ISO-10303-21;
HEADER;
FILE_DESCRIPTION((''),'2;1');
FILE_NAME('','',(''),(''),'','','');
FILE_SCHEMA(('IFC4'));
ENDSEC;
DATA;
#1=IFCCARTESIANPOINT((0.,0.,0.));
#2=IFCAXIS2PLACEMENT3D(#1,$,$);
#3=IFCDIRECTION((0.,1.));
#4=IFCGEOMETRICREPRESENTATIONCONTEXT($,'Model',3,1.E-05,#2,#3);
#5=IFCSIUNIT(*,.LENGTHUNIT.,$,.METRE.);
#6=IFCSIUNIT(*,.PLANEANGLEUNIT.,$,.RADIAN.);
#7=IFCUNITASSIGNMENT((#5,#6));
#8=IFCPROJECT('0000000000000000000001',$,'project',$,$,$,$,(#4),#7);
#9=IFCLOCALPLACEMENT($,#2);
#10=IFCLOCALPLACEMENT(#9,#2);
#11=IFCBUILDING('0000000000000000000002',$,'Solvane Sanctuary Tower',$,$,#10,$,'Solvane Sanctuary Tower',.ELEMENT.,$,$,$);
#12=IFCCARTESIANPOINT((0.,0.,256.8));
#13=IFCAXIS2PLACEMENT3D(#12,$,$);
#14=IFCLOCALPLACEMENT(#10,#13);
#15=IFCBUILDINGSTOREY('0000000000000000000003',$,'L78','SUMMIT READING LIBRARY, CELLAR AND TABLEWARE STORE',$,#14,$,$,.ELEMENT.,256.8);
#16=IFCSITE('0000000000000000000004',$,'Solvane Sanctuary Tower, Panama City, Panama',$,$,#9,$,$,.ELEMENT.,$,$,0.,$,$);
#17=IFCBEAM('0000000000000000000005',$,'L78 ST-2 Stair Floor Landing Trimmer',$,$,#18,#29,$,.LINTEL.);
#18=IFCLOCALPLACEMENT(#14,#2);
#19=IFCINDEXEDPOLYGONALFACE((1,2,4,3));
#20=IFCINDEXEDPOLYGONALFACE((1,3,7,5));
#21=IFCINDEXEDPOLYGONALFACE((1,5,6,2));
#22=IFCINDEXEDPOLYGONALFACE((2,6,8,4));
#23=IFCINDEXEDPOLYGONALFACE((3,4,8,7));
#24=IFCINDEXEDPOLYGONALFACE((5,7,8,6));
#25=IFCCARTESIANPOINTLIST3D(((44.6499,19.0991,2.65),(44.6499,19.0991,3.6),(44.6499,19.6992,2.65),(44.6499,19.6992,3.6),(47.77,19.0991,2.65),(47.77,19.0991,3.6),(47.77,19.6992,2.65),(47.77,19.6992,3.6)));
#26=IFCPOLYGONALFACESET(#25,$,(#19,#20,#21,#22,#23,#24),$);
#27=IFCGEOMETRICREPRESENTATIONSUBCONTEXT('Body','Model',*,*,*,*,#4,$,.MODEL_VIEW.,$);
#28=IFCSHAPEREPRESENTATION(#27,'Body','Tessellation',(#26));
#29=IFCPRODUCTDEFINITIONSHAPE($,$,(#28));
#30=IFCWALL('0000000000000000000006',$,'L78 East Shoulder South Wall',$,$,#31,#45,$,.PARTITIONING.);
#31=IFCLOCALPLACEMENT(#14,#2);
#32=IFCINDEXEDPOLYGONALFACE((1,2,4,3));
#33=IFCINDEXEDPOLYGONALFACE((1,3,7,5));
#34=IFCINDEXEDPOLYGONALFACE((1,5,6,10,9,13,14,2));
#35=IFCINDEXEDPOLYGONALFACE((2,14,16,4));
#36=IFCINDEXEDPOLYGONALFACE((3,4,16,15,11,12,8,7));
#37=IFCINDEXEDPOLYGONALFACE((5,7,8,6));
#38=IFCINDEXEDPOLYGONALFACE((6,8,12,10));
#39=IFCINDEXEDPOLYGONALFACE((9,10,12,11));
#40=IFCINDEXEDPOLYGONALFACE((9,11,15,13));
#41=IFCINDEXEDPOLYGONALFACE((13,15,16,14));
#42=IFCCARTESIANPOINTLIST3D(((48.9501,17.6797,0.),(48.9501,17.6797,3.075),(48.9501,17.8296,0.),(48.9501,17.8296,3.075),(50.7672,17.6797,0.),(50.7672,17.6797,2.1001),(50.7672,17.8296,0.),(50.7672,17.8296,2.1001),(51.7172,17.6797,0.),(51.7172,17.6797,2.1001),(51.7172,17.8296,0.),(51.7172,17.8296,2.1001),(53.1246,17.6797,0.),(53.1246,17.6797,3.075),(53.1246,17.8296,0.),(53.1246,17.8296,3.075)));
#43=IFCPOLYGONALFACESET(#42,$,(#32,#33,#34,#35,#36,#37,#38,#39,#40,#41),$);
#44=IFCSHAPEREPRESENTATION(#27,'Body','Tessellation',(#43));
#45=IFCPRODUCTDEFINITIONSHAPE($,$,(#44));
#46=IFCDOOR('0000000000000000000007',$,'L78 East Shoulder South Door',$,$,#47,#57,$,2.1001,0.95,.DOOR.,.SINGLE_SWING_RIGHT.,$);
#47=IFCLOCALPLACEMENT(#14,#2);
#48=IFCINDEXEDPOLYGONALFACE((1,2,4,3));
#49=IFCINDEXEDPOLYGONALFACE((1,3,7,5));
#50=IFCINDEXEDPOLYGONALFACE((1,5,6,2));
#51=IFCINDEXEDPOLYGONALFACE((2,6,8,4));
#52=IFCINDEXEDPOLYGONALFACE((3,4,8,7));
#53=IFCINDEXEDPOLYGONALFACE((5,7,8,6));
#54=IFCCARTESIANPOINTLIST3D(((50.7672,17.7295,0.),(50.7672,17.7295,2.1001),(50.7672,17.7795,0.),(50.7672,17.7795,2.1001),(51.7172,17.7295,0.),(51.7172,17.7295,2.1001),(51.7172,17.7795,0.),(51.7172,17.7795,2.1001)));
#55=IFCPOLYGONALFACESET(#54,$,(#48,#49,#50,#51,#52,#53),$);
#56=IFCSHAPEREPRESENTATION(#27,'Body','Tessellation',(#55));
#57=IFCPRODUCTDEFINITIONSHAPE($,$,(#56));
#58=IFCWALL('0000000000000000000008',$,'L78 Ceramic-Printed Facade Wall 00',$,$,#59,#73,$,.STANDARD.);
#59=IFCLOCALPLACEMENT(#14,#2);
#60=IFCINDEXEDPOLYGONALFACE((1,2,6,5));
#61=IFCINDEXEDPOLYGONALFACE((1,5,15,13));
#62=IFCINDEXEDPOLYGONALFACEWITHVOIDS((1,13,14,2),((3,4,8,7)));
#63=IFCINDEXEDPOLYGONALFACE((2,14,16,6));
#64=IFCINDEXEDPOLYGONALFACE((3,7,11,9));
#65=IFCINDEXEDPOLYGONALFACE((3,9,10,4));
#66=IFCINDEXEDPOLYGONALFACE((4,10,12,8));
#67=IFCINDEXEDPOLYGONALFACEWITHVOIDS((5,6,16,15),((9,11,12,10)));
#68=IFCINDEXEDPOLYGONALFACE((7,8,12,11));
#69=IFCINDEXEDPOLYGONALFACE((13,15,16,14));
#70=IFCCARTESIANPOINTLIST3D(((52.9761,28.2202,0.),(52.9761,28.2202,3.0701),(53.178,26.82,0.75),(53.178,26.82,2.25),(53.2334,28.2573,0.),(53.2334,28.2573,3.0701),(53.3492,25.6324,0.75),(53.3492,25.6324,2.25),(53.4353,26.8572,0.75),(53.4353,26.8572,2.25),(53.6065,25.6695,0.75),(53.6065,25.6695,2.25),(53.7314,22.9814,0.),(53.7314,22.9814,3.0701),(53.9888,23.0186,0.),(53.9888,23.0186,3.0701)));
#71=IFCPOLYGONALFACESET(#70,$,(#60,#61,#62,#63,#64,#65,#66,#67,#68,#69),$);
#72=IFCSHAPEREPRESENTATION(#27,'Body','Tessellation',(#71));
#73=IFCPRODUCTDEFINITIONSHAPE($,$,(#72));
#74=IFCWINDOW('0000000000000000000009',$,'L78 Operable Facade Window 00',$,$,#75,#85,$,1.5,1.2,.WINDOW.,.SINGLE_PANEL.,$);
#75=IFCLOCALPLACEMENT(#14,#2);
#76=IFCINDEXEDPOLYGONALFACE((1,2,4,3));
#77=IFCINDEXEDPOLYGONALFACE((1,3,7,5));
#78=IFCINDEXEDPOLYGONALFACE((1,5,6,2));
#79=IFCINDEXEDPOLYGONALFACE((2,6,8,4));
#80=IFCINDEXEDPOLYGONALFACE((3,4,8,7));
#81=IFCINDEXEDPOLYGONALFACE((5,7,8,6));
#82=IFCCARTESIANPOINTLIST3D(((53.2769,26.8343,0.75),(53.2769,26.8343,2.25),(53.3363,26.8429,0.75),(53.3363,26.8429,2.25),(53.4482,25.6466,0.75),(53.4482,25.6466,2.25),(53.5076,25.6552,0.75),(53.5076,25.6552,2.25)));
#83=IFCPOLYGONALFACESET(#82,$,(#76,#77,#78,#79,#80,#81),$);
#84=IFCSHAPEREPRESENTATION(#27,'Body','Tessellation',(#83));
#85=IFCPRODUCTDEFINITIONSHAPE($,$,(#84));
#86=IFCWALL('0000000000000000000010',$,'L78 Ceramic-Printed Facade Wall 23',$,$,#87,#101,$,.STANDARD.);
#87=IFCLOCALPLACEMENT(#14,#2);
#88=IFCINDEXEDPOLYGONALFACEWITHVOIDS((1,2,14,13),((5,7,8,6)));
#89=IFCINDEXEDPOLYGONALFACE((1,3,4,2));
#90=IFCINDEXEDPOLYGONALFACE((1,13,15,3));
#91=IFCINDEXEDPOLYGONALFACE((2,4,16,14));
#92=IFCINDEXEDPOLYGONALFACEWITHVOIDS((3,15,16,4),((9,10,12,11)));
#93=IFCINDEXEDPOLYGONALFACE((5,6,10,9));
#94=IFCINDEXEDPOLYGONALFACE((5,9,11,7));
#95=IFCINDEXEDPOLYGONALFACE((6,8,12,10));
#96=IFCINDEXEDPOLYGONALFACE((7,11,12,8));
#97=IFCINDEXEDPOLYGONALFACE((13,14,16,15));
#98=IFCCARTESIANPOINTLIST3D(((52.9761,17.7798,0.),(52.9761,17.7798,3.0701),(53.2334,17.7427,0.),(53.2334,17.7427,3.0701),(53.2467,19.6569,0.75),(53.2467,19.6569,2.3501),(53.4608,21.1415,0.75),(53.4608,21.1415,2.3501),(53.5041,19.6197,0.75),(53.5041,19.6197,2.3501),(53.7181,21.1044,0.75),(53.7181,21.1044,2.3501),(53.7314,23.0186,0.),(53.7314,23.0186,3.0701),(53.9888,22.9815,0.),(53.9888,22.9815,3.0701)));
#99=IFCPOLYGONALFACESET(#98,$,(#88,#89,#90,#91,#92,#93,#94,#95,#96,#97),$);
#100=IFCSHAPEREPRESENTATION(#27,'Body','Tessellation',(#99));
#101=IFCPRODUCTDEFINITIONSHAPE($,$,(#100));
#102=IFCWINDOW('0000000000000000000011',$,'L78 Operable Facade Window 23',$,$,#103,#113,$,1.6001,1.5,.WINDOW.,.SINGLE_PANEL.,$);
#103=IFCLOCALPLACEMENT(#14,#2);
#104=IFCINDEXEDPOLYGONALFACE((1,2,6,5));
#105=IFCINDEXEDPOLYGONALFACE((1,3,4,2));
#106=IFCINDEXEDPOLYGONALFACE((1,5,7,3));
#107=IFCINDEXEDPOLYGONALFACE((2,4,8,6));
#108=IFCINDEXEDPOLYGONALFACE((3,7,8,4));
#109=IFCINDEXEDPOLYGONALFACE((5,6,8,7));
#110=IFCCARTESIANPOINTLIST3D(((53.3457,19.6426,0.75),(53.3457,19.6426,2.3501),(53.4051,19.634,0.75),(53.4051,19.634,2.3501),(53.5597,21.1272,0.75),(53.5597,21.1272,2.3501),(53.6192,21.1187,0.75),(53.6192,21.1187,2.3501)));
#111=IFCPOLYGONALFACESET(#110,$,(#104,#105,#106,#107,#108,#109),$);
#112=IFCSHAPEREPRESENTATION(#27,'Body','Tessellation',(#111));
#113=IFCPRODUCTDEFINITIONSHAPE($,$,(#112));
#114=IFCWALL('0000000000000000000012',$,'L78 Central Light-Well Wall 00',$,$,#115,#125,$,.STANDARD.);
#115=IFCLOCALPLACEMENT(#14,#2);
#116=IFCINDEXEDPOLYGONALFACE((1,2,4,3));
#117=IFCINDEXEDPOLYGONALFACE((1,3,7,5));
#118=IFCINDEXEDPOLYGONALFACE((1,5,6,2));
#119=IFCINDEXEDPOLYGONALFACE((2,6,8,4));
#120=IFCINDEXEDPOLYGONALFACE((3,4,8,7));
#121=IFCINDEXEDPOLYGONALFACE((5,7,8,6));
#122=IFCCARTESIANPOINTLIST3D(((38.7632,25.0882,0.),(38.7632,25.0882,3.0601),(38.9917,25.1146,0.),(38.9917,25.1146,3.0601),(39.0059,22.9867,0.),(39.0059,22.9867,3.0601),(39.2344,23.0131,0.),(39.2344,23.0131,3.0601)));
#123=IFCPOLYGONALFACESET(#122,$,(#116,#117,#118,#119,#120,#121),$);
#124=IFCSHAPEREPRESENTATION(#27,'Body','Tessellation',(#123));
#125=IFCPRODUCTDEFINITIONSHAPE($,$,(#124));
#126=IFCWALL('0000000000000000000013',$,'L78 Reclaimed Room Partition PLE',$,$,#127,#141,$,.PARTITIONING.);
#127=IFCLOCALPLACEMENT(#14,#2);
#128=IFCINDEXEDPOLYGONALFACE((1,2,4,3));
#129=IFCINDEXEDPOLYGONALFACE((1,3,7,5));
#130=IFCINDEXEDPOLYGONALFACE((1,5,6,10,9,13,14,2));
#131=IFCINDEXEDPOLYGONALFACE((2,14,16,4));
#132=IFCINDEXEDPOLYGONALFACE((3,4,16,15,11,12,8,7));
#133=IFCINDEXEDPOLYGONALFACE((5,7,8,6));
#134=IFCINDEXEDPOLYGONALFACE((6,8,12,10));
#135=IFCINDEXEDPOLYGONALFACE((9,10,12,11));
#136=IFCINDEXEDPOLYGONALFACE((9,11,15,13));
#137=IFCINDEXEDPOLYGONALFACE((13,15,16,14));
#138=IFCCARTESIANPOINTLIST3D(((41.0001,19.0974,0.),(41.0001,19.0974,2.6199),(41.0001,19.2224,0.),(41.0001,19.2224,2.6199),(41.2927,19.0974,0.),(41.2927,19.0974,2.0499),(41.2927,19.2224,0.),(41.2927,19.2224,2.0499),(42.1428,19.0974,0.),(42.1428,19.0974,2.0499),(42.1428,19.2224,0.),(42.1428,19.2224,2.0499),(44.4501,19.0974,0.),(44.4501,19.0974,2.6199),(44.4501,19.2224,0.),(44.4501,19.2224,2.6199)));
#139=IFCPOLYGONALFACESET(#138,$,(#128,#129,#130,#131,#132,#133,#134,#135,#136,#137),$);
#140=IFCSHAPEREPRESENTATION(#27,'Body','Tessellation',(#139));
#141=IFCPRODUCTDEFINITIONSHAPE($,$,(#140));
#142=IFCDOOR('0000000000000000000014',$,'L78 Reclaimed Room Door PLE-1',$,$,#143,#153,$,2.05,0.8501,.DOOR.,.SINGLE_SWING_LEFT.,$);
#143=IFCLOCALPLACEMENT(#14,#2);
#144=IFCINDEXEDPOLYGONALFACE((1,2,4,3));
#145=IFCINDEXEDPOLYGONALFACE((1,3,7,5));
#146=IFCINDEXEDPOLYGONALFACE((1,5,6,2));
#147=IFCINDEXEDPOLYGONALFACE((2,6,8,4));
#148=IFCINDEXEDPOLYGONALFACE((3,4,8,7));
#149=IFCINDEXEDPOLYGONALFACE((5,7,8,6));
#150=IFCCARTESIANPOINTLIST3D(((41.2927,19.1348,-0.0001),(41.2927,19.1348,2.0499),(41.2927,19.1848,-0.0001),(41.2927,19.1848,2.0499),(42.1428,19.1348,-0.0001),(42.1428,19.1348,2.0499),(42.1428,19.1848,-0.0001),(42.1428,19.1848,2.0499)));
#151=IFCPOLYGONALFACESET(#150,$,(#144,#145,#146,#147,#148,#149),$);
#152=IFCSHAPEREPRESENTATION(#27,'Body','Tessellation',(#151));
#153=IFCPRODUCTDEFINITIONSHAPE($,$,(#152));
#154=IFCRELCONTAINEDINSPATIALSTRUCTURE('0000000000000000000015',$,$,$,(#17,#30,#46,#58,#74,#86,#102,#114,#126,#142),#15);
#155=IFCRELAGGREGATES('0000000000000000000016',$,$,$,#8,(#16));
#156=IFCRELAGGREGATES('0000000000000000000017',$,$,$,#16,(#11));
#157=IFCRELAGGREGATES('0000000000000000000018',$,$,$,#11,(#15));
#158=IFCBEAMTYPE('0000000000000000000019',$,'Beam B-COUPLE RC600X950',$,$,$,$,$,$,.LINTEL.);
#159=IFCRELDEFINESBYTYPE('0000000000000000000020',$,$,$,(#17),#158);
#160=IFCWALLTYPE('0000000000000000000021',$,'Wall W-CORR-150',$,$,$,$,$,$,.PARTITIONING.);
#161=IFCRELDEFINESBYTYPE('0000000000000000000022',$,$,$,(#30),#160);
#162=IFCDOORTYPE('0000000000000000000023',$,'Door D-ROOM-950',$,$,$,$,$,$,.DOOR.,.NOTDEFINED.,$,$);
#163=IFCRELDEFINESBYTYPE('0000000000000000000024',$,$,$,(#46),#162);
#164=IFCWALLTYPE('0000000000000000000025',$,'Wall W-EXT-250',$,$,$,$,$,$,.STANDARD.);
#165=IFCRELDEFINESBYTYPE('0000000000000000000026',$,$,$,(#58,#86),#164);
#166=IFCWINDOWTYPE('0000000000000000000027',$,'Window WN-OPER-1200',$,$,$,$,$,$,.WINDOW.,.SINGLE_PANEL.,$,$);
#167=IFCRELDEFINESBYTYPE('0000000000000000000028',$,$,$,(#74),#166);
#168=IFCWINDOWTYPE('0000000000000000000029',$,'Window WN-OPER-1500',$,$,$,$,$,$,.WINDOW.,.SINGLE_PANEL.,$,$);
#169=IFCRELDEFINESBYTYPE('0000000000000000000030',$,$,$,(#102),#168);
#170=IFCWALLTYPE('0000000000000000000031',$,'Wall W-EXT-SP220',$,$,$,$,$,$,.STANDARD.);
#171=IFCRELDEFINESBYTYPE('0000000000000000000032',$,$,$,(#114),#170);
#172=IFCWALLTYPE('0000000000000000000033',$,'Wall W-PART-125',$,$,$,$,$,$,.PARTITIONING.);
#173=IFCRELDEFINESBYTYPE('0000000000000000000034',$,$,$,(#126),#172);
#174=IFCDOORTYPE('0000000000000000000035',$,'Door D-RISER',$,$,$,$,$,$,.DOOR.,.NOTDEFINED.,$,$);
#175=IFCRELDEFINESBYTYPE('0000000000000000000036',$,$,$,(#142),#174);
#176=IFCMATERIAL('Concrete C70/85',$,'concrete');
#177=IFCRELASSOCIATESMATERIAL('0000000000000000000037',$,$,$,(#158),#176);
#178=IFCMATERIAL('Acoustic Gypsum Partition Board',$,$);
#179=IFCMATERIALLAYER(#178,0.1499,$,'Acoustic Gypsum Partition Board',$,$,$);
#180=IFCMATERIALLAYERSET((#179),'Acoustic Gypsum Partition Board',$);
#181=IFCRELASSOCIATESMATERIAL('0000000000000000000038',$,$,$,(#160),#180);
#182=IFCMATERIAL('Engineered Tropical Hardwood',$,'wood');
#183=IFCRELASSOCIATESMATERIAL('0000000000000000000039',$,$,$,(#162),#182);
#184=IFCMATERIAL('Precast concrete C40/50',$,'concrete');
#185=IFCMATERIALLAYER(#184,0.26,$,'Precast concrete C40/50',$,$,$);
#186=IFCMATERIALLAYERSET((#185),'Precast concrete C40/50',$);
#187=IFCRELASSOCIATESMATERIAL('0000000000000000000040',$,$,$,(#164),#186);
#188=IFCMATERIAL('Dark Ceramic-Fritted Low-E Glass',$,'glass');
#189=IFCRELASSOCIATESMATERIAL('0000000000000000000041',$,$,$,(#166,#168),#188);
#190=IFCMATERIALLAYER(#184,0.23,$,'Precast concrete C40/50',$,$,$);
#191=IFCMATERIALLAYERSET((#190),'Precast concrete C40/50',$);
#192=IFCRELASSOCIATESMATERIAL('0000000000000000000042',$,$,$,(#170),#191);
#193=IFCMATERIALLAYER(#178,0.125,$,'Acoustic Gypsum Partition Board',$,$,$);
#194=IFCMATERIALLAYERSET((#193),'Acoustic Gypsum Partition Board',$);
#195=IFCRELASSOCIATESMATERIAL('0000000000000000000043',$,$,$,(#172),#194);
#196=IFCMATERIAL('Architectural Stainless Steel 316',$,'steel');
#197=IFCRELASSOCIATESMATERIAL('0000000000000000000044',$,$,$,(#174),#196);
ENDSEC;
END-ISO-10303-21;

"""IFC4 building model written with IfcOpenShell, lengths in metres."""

from ifc_helpers import new_model, si_unit, direction, frame, frame_2d, origin, origin_2d, place, context, subcontext, project, spatial, rectangle, extrude, material, layer, layer_set, material_profile, profile_set, type_object, element, fill, save


model = new_model("IFC4")

# Units and contexts
model_context = context("Model", 3, precision=1e-05, world=origin(), true_north=direction((0.0, 1.0)))
body_context = subcontext(model_context, "Body", "Model", "MODEL_VIEW")
ifc_project = project(units=[si_unit("LENGTHUNIT", "METRE"), si_unit("PLANEANGLEUNIT", "RADIAN")], contexts=[model_context])

# Site, building, storey
site_placement = place(None, origin())
site = spatial("IfcSite", under=ifc_project, at=site_placement, Name="Solvane Sanctuary Tower, Panama City, Panama", CompositionType="ELEMENT", RefElevation=0.0)
building_placement = place(site_placement, origin())
building = spatial("IfcBuilding", under=site, at=building_placement, Name="Solvane Sanctuary Tower", LongName="Solvane Sanctuary Tower", CompositionType="ELEMENT")
storey_placement = place(building_placement, frame((0.0, 0.0, 256.8)))
storey = spatial("IfcBuildingStorey", under=building, at=storey_placement, Name="L78", Description="SUMMIT READING LIBRARY, CELLAR AND TABLEWARE STORE", CompositionType="ELEMENT", Elevation=256.8)

# Beam
ifc_material_1 = material(Name="Concrete C70/85", Category="concrete")
ifc_material_profile = material_profile(ifc_material_1, rectangle(XDim=0.6001, YDim=0.95, at=origin_2d()), Name="RC600X950")
ifc_profile_set = profile_set([ifc_material_profile], Name="Concrete C70/85")
beam_type = type_object("IfcBeamType", Name="Beam B-COUPLE RC600X950", PredefinedType="LINTEL", material=ifc_profile_set)
beam_placement = place(storey_placement, frame((44.6499, 19.3992, 3.125), z_axis=(1.0, 0.0, 0.0), x_axis=(0.0, 1.0, 0.0)))
element("IfcBeam", 1, at=beam_placement, inside=storey, type_object=beam_type, Name="L78 ST-2 Stair Floor Landing Trimmer", PredefinedType="LINTEL", context=body_context, shape_type="SweptSolid", body=[
    extrude(rectangle(XDim=0.6001, YDim=0.95, at=origin_2d()), origin(), (0.0, 0.0, 1.0), 3.1201),
])

# Wall, opening, door
ifc_material_2 = material(Name="Acoustic Gypsum Partition Board")
ifc_layer_1 = layer(ifc_material_2, 0.1499, Name="Acoustic Gypsum Partition Board")
ifc_layer_set_1 = layer_set([ifc_layer_1], Name="Acoustic Gypsum Partition Board")
wall_type_1 = type_object("IfcWallType", Name="Wall W-CORR-150", PredefinedType="PARTITIONING", material=ifc_layer_set_1)
wall_1_placement = place(storey_placement, frame((48.95, 17.7546, 0.0), z_axis=(0.0, 0.0, 1.0), x_axis=(1.0, 0.0, 0.0)))
wall_1 = element("IfcWall", 2, at=wall_1_placement, inside=storey, type_object=wall_type_1, Name="L78 East Shoulder South Wall", PredefinedType="PARTITIONING", context=body_context, shape_type="SweptSolid", body=[
    extrude(rectangle(XDim=4.1746, YDim=0.1499, at=frame_2d((2.0874, 0.0))), origin(), (0.0, 0.0, 1.0), 3.075),
])
opening_1_placement = place(wall_1_placement, frame((1.8171, 0.0, 0.0)))
opening_1 = element("IfcOpeningElement", 3, at=opening_1_placement, cuts=wall_1, PredefinedType="OPENING", context=body_context, shape_type="SweptSolid", body=[
    extrude(rectangle(XDim=0.95, YDim=2.1001, at=frame_2d((0.4751, 1.05))), frame((0.0, 0.085, 0.0), z_axis=(0.0, -1.0, 0.0), x_axis=(1.0, 0.0, 0.0)), (0.0, 0.0, 1.0), 0.1699),
])
ifc_material_3 = material(Name="Engineered Tropical Hardwood", Category="wood")
door_type_1 = type_object("IfcDoorType", Name="Door D-ROOM-950", OperationType="NOTDEFINED", PredefinedType="DOOR", material=ifc_material_3)
door_1_placement = place(opening_1_placement, origin())
door_1 = element("IfcDoor", 4, at=door_1_placement, inside=storey, type_object=door_type_1, Name="L78 East Shoulder South Door", OperationType="SINGLE_SWING_RIGHT", OverallHeight=2.1001, OverallWidth=0.95, PredefinedType="DOOR", context=body_context, shape_type="SweptSolid", body=[
    extrude(rectangle(XDim=0.95, YDim=2.1001, at=frame_2d((0.4751, 1.05))), frame((0.0, 0.0249, 0.0), z_axis=(0.0, -1.0, 0.0), x_axis=(1.0, 0.0, 0.0)), (0.0, 0.0, 1.0), 0.05),
])
fill(opening_1, door_1)

# Walls, openings, windows
ifc_material_4 = material(Name="Precast concrete C40/50", Category="concrete")
ifc_layer_2 = layer(ifc_material_4, 0.26, Name="Precast concrete C40/50")
ifc_layer_set_2 = layer_set([ifc_layer_2], Name="Precast concrete C40/50")
wall_type_2 = type_object("IfcWallType", Name="Wall W-EXT-250", PredefinedType="STANDARD", material=ifc_layer_set_2)
wall_2_placement = place(storey_placement, frame((53.8601, 23.0, 0.0), z_axis=(0.0, 0.0, 1.0), x_axis=(-0.142713, 0.989764, 0.0)))
wall_2 = element("IfcWall", 5, at=wall_2_placement, inside=storey, type_object=wall_type_2, Name="L78 Ceramic-Printed Facade Wall 00", PredefinedType="STANDARD", context=body_context, shape_type="SweptSolid", body=[
    extrude(rectangle(XDim=5.293, YDim=0.26, at=frame_2d((2.6465, 0.0))), origin(), (0.0, 0.0, 1.0), 3.0701),
])
opening_2_placement = place(wall_2_placement, frame((2.6782, 0.0, 0.75)))
opening_2 = element("IfcOpeningElement", 6, at=opening_2_placement, cuts=wall_2, PredefinedType="OPENING", context=body_context, shape_type="SweptSolid", body=[
    extrude(rectangle(XDim=1.2, YDim=1.5, at=frame_2d((0.6001, 0.75))), frame((0.0, 0.1399, 0.0), z_axis=(0.0, -1.0, 0.0), x_axis=(1.0, 0.0, 0.0)), (0.0, 0.0, 1.0), 0.28),
])
ifc_material_5 = material(Name="Dark Ceramic-Fritted Low-E Glass", Category="glass")
window_type_1 = type_object("IfcWindowType", Name="Window WN-OPER-1200", PartitioningType="SINGLE_PANEL", PredefinedType="WINDOW", material=ifc_material_5)
window_1_placement = place(opening_2_placement, origin())
window_1 = element("IfcWindow", 7, at=window_1_placement, inside=storey, type_object=window_type_1, Name="L78 Operable Facade Window 00", OverallHeight=1.5, OverallWidth=1.2, PartitioningType="SINGLE_PANEL", PredefinedType="WINDOW", context=body_context, shape_type="SweptSolid", body=[
    extrude(rectangle(XDim=1.2, YDim=1.5, at=frame_2d((0.6001, 0.75))), frame((0.0, 0.03, 0.0), z_axis=(0.0, -1.0, 0.0), x_axis=(1.0, 0.0, 0.0)), (0.0, 0.0, 1.0), 0.0601),
])
fill(opening_2, window_1)
wall_3_placement = place(storey_placement, frame((53.1047, 17.7612, 0.0), z_axis=(0.0, 0.0, 1.0), x_axis=(0.142713, 0.989764, 0.0)))
wall_3 = element("IfcWall", 8, at=wall_3_placement, inside=storey, type_object=wall_type_2, Name="L78 Ceramic-Printed Facade Wall 23", PredefinedType="STANDARD", context=body_context, shape_type="SweptSolid", body=[
    extrude(rectangle(XDim=5.293, YDim=0.26, at=frame_2d((2.6465, 0.0))), origin(), (0.0, 0.0, 1.0), 3.0701),
])
opening_3_placement = place(wall_3_placement, frame((1.8965, 0.0, 0.75)))
opening_3 = element("IfcOpeningElement", 9, at=opening_3_placement, cuts=wall_3, PredefinedType="OPENING", context=body_context, shape_type="SweptSolid", body=[
    extrude(rectangle(XDim=1.5, YDim=1.6001, at=frame_2d((0.75, 0.8))), frame((0.0, 0.1399, 0.0), z_axis=(0.0, -1.0, 0.0), x_axis=(1.0, 0.0, 0.0)), (0.0, 0.0, 1.0), 0.28),
])
window_type_2 = type_object("IfcWindowType", Name="Window WN-OPER-1500", PartitioningType="SINGLE_PANEL", PredefinedType="WINDOW", material=ifc_material_5)
window_2_placement = place(opening_3_placement, origin())
window_2 = element("IfcWindow", 10, at=window_2_placement, inside=storey, type_object=window_type_2, Name="L78 Operable Facade Window 23", OverallHeight=1.6001, OverallWidth=1.5, PartitioningType="SINGLE_PANEL", PredefinedType="WINDOW", context=body_context, shape_type="SweptSolid", body=[
    extrude(rectangle(XDim=1.5, YDim=1.6001, at=frame_2d((0.75, 0.8))), frame((0.0, 0.03, 0.0), z_axis=(0.0, -1.0, 0.0), x_axis=(1.0, 0.0, 0.0)), (0.0, 0.0, 1.0), 0.0601),
])
fill(opening_3, window_2)

# Wall
ifc_layer_3 = layer(ifc_material_4, 0.23, Name="Precast concrete C40/50")
ifc_layer_set_3 = layer_set([ifc_layer_3], Name="Precast concrete C40/50")
wall_type_3 = type_object("IfcWallType", Name="Wall W-EXT-SP220", PredefinedType="STANDARD", material=ifc_layer_set_3)
wall_4_placement = place(storey_placement, frame((39.1201, 23.0, 0.0), z_axis=(0.0, 0.0, 1.0), x_axis=(-0.114712, 0.993399, 0.0)))
element("IfcWall", 11, at=wall_4_placement, inside=storey, type_object=wall_type_3, Name="L78 Central Light-Well Wall 00", PredefinedType="STANDARD", context=body_context, shape_type="SweptSolid", body=[
    extrude(rectangle(XDim=2.1155, YDim=0.23, at=frame_2d((1.0576, 0.0))), origin(), (0.0, 0.0, 1.0), 3.0601),
])

# Wall, opening, door
ifc_layer_4 = layer(ifc_material_2, 0.125, Name="Acoustic Gypsum Partition Board")
ifc_layer_set_4 = layer_set([ifc_layer_4], Name="Acoustic Gypsum Partition Board")
wall_type_4 = type_object("IfcWallType", Name="Wall W-PART-125", PredefinedType="PARTITIONING", material=ifc_layer_set_4)
wall_5_placement = place(storey_placement, frame((41.0, 19.1599, 0.0), z_axis=(0.0, 0.0, 1.0), x_axis=(1.0, 0.0, 0.0)))
wall_5 = element("IfcWall", 12, at=wall_5_placement, inside=storey, type_object=wall_type_4, Name="L78 Reclaimed Room Partition PLE", PredefinedType="PARTITIONING", context=body_context, shape_type="SweptSolid", body=[
    extrude(rectangle(XDim=3.45, YDim=0.125, at=frame_2d((1.7251, 0.0))), origin(), (0.0, 0.0, 1.0), 2.6199),
])
opening_4_placement = place(wall_5_placement, frame((0.2927, 0.0, 0.0)))
opening_4 = element("IfcOpeningElement", 13, at=opening_4_placement, cuts=wall_5, PredefinedType="OPENING", context=body_context, shape_type="SweptSolid", body=[
    extrude(rectangle(XDim=0.8501, YDim=2.05, at=frame_2d((0.425, 1.0249))), frame((0.0, 0.0725, 0.0), z_axis=(0.0, -1.0, 0.0), x_axis=(1.0, 0.0, 0.0)), (0.0, 0.0, 1.0), 0.145),
])
ifc_material_6 = material(Name="Architectural Stainless Steel 316", Category="steel")
door_type_2 = type_object("IfcDoorType", Name="Door D-RISER", OperationType="NOTDEFINED", PredefinedType="DOOR", material=ifc_material_6)
door_2_placement = place(opening_4_placement, origin())
door_2 = element("IfcDoor", 14, at=door_2_placement, inside=storey, type_object=door_type_2, Name="L78 Reclaimed Room Door PLE-1", OperationType="SINGLE_SWING_LEFT", OverallHeight=2.05, OverallWidth=0.8501, PredefinedType="DOOR", context=body_context, shape_type="SweptSolid", body=[
    extrude(rectangle(XDim=0.8501, YDim=2.05, at=frame_2d((0.425, 1.0249))), frame((0.0, 0.0249, 0.0), z_axis=(0.0, -1.0, 0.0), x_axis=(1.0, 0.0, 0.0)), (0.0, 0.0, 1.0), 0.05),
])
fill(opening_4, door_2)

save(model, "model.ifc")
